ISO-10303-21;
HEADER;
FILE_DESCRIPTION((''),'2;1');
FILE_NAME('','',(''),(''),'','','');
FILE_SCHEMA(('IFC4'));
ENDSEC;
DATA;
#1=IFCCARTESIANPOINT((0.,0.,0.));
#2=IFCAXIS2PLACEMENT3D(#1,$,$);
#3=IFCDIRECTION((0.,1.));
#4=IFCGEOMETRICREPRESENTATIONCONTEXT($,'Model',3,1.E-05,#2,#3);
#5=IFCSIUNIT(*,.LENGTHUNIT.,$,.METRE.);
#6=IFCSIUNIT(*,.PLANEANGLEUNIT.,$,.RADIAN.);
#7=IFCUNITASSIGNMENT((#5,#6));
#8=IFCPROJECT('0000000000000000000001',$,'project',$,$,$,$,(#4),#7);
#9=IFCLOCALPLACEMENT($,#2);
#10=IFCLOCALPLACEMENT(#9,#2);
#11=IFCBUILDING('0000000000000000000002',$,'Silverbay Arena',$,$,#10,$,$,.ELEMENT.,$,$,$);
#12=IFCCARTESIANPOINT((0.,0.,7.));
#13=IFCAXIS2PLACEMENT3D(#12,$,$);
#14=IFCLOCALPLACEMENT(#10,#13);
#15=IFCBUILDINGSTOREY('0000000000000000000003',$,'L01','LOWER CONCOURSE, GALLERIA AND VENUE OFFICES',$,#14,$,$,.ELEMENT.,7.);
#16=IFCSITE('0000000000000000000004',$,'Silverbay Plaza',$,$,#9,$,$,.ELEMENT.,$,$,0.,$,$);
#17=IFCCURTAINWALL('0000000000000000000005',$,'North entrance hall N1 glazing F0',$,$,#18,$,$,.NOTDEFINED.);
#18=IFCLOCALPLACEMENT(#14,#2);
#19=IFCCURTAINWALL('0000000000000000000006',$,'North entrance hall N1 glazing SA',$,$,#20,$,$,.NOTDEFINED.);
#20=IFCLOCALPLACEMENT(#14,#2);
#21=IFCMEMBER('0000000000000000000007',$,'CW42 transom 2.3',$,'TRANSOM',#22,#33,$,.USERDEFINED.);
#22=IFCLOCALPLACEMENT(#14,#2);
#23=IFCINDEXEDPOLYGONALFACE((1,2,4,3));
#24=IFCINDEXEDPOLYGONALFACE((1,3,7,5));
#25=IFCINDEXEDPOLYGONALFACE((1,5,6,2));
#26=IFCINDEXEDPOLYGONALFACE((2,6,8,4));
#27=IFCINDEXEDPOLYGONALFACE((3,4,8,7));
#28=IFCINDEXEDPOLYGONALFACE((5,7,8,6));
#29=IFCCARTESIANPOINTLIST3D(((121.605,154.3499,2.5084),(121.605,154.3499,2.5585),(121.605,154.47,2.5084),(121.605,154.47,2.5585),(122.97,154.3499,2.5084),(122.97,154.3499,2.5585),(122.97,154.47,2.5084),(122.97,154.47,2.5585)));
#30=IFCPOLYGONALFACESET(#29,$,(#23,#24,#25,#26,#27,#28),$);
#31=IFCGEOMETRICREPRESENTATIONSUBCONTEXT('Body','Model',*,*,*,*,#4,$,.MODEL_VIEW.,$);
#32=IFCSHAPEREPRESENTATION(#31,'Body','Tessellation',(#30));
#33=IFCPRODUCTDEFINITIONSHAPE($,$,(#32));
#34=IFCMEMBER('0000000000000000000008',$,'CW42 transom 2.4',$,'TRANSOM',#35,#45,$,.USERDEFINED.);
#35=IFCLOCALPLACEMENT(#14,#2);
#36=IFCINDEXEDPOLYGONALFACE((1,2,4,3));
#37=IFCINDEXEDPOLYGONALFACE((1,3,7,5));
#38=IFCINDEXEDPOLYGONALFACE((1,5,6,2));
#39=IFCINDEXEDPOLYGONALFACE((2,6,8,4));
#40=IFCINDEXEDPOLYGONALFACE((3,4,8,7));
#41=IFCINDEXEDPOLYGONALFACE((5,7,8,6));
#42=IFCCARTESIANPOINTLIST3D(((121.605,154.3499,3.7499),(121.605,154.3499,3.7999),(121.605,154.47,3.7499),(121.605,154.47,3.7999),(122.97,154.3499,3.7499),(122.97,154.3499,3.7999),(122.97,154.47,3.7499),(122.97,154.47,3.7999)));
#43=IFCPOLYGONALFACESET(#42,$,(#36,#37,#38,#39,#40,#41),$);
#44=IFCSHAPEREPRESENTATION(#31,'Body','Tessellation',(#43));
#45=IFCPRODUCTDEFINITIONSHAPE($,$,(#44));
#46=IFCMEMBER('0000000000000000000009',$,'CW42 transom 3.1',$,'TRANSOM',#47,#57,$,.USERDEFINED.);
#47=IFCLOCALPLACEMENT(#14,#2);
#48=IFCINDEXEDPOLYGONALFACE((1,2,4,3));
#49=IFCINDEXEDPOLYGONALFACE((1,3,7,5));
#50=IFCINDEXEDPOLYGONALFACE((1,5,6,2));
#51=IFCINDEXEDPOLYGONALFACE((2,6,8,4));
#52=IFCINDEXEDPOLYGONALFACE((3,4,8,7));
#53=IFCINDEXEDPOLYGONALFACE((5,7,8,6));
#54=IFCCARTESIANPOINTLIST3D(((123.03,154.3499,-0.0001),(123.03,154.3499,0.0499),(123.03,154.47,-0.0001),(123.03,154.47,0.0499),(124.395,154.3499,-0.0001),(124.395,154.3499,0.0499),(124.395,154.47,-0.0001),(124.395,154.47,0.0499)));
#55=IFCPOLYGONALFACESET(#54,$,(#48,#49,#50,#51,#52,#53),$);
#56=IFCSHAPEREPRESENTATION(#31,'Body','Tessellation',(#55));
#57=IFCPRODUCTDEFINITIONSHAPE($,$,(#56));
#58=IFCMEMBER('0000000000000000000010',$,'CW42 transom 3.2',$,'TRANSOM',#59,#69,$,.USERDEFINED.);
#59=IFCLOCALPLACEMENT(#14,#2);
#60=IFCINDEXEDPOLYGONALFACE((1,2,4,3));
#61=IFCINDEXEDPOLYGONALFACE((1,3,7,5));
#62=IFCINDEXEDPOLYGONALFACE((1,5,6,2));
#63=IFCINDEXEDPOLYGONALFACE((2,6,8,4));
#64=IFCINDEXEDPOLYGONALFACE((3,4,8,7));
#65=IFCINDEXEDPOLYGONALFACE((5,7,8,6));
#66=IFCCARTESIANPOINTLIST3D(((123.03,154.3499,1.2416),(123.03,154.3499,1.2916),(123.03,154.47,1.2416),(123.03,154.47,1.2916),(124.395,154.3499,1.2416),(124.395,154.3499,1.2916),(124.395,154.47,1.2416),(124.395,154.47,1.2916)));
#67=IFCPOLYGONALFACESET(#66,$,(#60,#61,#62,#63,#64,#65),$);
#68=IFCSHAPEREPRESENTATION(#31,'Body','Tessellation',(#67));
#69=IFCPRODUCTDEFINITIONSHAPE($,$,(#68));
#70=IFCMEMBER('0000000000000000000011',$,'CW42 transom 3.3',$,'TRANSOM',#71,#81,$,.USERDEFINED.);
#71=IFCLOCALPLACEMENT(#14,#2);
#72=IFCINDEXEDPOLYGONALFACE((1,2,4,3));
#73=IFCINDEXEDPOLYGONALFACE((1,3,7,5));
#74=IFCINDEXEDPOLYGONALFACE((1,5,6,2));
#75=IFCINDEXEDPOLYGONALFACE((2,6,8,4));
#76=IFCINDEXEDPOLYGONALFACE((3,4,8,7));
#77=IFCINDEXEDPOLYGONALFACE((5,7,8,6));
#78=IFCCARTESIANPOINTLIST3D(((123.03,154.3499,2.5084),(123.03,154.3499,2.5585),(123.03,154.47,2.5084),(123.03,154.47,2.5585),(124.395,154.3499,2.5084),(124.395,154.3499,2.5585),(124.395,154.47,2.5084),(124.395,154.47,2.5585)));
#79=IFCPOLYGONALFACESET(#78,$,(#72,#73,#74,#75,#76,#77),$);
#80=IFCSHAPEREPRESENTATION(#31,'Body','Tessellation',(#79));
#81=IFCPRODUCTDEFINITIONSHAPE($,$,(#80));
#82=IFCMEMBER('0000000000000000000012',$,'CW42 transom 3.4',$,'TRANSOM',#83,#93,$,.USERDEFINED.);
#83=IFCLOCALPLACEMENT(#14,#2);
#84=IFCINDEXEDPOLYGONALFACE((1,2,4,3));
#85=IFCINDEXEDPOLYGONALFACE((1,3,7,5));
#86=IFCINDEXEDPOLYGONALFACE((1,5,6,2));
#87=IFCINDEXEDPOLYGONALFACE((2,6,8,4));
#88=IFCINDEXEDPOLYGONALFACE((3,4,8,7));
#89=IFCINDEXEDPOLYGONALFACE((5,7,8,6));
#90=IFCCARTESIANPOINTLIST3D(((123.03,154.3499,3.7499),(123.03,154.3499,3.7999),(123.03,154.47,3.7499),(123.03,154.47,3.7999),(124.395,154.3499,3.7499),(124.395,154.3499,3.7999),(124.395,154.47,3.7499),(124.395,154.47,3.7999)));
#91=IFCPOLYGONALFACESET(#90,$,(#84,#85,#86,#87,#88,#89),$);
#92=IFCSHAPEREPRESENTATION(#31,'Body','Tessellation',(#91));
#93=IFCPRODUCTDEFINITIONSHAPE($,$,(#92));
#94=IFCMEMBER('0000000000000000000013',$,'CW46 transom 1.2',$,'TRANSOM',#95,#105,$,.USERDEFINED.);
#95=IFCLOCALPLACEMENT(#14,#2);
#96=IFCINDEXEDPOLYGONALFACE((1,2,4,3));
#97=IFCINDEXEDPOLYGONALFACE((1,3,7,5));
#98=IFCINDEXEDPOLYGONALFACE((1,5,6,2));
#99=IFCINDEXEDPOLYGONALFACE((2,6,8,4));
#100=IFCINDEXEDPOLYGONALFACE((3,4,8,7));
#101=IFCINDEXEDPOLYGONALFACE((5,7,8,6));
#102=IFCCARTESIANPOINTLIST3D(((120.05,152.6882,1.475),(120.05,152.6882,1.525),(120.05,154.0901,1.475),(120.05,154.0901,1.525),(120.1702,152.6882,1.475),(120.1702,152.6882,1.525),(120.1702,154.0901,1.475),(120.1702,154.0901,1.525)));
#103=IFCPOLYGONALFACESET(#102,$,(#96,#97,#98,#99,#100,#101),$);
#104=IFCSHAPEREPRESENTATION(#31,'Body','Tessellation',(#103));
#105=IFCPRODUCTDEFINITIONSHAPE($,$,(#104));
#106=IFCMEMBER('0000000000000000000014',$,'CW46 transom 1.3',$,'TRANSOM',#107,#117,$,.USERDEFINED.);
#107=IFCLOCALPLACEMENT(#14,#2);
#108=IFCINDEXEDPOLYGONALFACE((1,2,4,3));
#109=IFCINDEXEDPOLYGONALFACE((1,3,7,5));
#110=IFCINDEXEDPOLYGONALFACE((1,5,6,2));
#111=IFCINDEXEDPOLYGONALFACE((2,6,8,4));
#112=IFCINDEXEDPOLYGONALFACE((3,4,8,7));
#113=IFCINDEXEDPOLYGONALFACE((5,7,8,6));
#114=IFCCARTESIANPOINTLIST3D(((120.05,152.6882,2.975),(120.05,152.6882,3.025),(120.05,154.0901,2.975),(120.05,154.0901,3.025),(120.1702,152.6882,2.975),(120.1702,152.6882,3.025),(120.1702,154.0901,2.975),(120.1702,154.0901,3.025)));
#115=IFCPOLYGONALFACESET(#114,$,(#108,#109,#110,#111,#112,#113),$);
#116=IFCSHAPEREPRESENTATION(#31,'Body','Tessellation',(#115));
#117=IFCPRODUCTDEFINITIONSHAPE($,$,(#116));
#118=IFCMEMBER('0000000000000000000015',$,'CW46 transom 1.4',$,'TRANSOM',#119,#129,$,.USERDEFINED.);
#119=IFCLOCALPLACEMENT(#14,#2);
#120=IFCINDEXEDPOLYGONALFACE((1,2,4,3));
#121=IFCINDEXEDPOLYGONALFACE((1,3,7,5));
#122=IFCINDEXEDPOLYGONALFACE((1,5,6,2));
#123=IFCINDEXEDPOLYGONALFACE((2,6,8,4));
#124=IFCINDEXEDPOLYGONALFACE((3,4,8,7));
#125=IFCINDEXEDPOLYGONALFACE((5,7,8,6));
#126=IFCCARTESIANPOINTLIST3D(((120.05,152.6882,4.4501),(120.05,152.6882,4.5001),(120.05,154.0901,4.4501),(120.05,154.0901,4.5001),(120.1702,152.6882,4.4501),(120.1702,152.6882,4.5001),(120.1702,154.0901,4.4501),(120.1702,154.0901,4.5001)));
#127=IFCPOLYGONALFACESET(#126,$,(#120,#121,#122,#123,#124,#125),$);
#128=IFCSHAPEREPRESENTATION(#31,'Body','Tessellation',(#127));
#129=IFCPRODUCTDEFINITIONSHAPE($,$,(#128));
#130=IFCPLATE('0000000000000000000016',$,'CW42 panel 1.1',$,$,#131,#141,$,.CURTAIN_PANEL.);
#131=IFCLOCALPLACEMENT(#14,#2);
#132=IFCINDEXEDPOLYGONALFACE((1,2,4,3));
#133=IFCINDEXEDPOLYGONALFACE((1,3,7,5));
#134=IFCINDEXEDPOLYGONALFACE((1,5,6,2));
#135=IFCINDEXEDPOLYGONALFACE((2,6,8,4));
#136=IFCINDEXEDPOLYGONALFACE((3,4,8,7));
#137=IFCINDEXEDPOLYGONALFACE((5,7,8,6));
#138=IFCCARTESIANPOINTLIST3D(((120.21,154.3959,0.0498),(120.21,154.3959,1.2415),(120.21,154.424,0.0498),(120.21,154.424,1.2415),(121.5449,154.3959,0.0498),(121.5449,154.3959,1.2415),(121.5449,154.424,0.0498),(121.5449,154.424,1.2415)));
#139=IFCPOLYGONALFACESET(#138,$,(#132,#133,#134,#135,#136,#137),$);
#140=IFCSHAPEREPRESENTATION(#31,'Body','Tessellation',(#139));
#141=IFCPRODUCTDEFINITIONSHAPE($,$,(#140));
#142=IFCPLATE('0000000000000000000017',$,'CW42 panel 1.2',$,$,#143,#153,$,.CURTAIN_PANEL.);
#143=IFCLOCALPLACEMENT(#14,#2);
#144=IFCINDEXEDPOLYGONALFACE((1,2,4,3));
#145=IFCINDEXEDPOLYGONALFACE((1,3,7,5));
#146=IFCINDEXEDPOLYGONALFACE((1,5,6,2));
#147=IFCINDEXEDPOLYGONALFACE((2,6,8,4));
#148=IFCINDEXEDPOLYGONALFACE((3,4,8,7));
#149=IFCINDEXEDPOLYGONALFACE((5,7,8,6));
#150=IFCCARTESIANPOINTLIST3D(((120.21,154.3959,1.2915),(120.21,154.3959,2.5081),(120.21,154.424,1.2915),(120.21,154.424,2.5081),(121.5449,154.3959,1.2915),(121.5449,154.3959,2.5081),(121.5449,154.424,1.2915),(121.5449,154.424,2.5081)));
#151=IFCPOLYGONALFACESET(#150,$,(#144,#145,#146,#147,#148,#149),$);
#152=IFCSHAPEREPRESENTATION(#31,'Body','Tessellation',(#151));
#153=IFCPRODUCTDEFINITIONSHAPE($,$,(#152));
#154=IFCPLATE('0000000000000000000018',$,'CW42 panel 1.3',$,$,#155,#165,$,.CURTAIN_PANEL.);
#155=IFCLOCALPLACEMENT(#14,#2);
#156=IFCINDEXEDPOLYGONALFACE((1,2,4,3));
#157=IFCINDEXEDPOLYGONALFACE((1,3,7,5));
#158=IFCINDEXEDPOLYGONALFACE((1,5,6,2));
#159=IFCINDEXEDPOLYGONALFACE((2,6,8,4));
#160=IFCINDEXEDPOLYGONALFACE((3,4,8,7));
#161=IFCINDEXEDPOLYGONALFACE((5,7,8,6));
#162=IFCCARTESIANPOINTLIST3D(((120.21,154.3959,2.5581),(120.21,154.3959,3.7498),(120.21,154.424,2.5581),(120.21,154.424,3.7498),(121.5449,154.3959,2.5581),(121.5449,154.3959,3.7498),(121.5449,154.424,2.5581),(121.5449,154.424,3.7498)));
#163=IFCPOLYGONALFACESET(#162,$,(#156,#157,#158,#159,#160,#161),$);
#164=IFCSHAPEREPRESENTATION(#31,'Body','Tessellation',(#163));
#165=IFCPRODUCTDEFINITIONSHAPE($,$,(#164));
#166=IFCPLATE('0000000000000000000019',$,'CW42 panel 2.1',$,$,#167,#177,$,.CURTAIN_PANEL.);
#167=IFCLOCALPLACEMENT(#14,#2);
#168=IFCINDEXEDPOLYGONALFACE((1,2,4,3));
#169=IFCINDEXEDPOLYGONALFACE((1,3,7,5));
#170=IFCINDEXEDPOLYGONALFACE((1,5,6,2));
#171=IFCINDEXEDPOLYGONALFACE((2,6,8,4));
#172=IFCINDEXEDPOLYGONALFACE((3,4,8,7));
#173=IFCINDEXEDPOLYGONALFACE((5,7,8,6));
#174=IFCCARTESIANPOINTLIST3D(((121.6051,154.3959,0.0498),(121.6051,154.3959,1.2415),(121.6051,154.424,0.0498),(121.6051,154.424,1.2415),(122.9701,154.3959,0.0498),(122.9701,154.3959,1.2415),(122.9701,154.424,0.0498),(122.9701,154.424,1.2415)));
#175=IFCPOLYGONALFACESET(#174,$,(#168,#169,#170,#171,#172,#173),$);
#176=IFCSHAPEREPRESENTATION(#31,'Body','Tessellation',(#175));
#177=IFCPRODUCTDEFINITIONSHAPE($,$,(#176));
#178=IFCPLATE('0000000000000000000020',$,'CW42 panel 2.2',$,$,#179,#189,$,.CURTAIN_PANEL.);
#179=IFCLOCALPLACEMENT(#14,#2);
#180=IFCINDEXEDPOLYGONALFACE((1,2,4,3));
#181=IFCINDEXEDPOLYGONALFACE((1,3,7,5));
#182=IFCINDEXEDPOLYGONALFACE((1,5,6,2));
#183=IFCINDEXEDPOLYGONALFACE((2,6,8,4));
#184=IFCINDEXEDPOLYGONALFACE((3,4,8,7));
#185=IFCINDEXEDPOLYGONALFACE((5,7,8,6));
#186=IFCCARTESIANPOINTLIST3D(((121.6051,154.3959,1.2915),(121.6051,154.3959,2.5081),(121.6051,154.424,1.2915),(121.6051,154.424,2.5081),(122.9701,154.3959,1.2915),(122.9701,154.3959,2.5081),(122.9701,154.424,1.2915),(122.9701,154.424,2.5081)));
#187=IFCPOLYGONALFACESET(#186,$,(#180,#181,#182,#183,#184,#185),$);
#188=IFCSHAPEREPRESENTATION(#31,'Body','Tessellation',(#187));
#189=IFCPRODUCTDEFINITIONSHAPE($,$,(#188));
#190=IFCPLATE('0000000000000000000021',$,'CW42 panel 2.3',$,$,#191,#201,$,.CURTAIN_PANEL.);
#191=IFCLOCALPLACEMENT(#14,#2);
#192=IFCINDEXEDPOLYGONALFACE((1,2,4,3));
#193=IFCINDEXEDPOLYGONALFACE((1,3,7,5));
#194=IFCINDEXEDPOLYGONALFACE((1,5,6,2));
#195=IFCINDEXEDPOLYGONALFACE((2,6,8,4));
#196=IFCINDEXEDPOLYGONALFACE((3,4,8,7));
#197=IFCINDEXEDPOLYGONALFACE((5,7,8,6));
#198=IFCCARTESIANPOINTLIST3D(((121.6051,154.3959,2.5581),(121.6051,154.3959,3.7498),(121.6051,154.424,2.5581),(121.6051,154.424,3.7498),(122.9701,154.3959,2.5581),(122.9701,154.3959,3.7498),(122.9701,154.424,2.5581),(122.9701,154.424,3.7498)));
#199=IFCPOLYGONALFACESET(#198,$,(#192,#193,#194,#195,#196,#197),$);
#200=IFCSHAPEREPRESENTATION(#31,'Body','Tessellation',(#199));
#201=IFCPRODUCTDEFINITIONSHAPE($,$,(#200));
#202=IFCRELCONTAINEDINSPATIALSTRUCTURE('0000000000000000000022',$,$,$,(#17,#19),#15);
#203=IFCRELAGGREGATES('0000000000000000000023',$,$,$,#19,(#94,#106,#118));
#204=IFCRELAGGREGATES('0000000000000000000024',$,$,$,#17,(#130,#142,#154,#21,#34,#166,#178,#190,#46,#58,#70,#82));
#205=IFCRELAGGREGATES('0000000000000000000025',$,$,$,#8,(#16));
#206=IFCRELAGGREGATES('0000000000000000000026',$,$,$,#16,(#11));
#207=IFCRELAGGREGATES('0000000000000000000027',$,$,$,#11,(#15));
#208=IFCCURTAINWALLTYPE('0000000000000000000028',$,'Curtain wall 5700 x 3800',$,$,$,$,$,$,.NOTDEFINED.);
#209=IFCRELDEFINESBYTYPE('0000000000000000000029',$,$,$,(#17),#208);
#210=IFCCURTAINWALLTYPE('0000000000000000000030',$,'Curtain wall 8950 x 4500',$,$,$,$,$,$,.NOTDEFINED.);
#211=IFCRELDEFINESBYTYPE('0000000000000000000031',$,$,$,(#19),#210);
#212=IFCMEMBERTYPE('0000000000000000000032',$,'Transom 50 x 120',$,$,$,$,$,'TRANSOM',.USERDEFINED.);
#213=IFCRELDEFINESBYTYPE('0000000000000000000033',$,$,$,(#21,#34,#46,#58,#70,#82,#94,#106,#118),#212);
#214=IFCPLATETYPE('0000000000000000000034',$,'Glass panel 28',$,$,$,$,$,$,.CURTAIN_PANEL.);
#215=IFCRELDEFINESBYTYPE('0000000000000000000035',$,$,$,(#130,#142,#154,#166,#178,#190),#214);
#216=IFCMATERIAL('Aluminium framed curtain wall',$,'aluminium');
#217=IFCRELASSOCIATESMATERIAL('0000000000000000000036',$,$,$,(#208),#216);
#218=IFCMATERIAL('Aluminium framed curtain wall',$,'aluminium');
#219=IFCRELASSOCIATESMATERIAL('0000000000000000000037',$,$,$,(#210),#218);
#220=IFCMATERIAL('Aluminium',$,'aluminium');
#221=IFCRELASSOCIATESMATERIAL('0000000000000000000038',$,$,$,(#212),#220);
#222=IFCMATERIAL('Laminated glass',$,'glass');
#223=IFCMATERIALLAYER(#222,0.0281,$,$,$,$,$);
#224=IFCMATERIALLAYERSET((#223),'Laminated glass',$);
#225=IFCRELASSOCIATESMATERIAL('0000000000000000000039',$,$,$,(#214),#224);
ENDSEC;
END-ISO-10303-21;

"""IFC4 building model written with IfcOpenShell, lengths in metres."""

from ifc_helpers import new_model, si_unit, direction, frame, origin, origin_2d, place, context, subcontext, project, spatial, rectangle, extrude, material, layer, layer_set, material_profile, profile_set, type_object, element, aggregate, save


model = new_model("IFC4")

# Units and contexts
model_context = context("Model", 3, precision=1e-05, world=origin(), true_north=direction((0.0, 1.0)))
body_context = subcontext(model_context, "Body", "Model", "MODEL_VIEW")
ifc_project = project(units=[si_unit("LENGTHUNIT", "METRE"), si_unit("PLANEANGLEUNIT", "RADIAN")], contexts=[model_context])

# Site, building, storey
site_placement = place(None, origin())
site = spatial("IfcSite", under=ifc_project, at=site_placement, Name="Silverbay Plaza", CompositionType="ELEMENT", RefElevation=0.0)
building_placement = place(site_placement, origin())
building = spatial("IfcBuilding", under=site, at=building_placement, Name="Silverbay Arena", CompositionType="ELEMENT")
storey_placement = place(building_placement, frame((0.0, 0.0, 7.0)))
storey = spatial("IfcBuildingStorey", under=building, at=storey_placement, Name="L01", Description="LOWER CONCOURSE, GALLERIA AND VENUE OFFICES", CompositionType="ELEMENT", Elevation=7.0)

# Curtain wall
ifc_material_1 = material(Name="Aluminium framed curtain wall", Category="aluminium")
curtain_wall_type_1 = type_object("IfcCurtainWallType", Name="Curtain wall 5700 x 3800", PredefinedType="NOTDEFINED", material=ifc_material_1)
curtain_wall_1_placement = place(storey_placement, origin())
curtain_wall_1 = element("IfcCurtainWall", 1, at=curtain_wall_1_placement, inside=storey, type_object=curtain_wall_type_1, Name="North entrance hall N1 glazing F0", PredefinedType="NOTDEFINED")

# Curtain wall
ifc_material_2 = material(Name="Aluminium framed curtain wall", Category="aluminium")
curtain_wall_type_2 = type_object("IfcCurtainWallType", Name="Curtain wall 8950 x 4500", PredefinedType="NOTDEFINED", material=ifc_material_2)
curtain_wall_2_placement = place(storey_placement, origin())
curtain_wall_2 = element("IfcCurtainWall", 2, at=curtain_wall_2_placement, inside=storey, type_object=curtain_wall_type_2, Name="North entrance hall N1 glazing SA", PredefinedType="NOTDEFINED")

# Members
ifc_material_3 = material(Name="Aluminium", Category="aluminium")
ifc_material_profile_1 = material_profile(ifc_material_3, rectangle(XDim=0.1201, YDim=0.05, at=origin_2d()), Name="Transom 50 x 120")
ifc_profile_set_1 = profile_set([ifc_material_profile_1], Name="Aluminium")
member_type_1 = type_object("IfcMemberType", Name="Transom 50 x 120", ElementType="TRANSOM", PredefinedType="USERDEFINED", material=ifc_profile_set_1)
member_1_placement = place(storey_placement, frame((121.605, 154.4099, 2.5334), z_axis=(1.0, 0.0, 0.0), x_axis=(0.0, 1.0, 0.0)))
member_1 = element("IfcMember", 3, at=member_1_placement, type_object=member_type_1, Name="CW42 transom 2.3", ObjectType="TRANSOM", PredefinedType="USERDEFINED", context=body_context, shape_type="SweptSolid", body=[
    extrude(rectangle(XDim=0.1201, YDim=0.05, at=origin_2d()), origin(), (0.0, 0.0, 1.0), 1.365),
])
member_2_placement = place(storey_placement, frame((121.605, 154.4099, 3.7749), z_axis=(1.0, 0.0, 0.0), x_axis=(0.0, 1.0, 0.0)))
member_2 = element("IfcMember", 4, at=member_2_placement, type_object=member_type_1, Name="CW42 transom 2.4", ObjectType="TRANSOM", PredefinedType="USERDEFINED", context=body_context, shape_type="SweptSolid", body=[
    extrude(rectangle(XDim=0.1201, YDim=0.05, at=origin_2d()), origin(), (0.0, 0.0, 1.0), 1.365),
])
member_3_placement = place(storey_placement, frame((123.03, 154.4099, 0.0249), z_axis=(1.0, 0.0, 0.0), x_axis=(0.0, 1.0, 0.0)))
member_3 = element("IfcMember", 5, at=member_3_placement, type_object=member_type_1, Name="CW42 transom 3.1", ObjectType="TRANSOM", PredefinedType="USERDEFINED", context=body_context, shape_type="SweptSolid", body=[
    extrude(rectangle(XDim=0.1201, YDim=0.05, at=origin_2d()), origin(), (0.0, 0.0, 1.0), 1.365),
])
member_4_placement = place(storey_placement, frame((123.03, 154.4099, 1.2666), z_axis=(1.0, 0.0, 0.0), x_axis=(0.0, 1.0, 0.0)))
member_4 = element("IfcMember", 6, at=member_4_placement, type_object=member_type_1, Name="CW42 transom 3.2", ObjectType="TRANSOM", PredefinedType="USERDEFINED", context=body_context, shape_type="SweptSolid", body=[
    extrude(rectangle(XDim=0.1201, YDim=0.05, at=origin_2d()), origin(), (0.0, 0.0, 1.0), 1.365),
])
member_5_placement = place(storey_placement, frame((123.03, 154.4099, 2.5334), z_axis=(1.0, 0.0, 0.0), x_axis=(0.0, 1.0, 0.0)))
member_5 = element("IfcMember", 7, at=member_5_placement, type_object=member_type_1, Name="CW42 transom 3.3", ObjectType="TRANSOM", PredefinedType="USERDEFINED", context=body_context, shape_type="SweptSolid", body=[
    extrude(rectangle(XDim=0.1201, YDim=0.05, at=origin_2d()), origin(), (0.0, 0.0, 1.0), 1.365),
])
member_6_placement = place(storey_placement, frame((123.03, 154.4099, 3.7749), z_axis=(1.0, 0.0, 0.0), x_axis=(0.0, 1.0, 0.0)))
member_6 = element("IfcMember", 8, at=member_6_placement, type_object=member_type_1, Name="CW42 transom 3.4", ObjectType="TRANSOM", PredefinedType="USERDEFINED", context=body_context, shape_type="SweptSolid", body=[
    extrude(rectangle(XDim=0.1201, YDim=0.05, at=origin_2d()), origin(), (0.0, 0.0, 1.0), 1.365),
])
member_7_placement = place(storey_placement, frame((120.1101, 154.0901, 1.5), z_axis=(0.0, -1.0, 0.0), x_axis=(1.0, 0.0, 0.0)))
member_7 = element("IfcMember", 9, at=member_7_placement, type_object=member_type_1, Name="CW46 transom 1.2", ObjectType="TRANSOM", PredefinedType="USERDEFINED", context=body_context, shape_type="SweptSolid", body=[
    extrude(rectangle(XDim=0.1201, YDim=0.05, at=origin_2d()), origin(), (0.0, 0.0, 1.0), 1.4019),
])
member_8_placement = place(storey_placement, frame((120.1101, 154.0901, 3.0), z_axis=(0.0, -1.0, 0.0), x_axis=(1.0, 0.0, 0.0)))
member_8 = element("IfcMember", 10, at=member_8_placement, type_object=member_type_1, Name="CW46 transom 1.3", ObjectType="TRANSOM", PredefinedType="USERDEFINED", context=body_context, shape_type="SweptSolid", body=[
    extrude(rectangle(XDim=0.1201, YDim=0.05, at=origin_2d()), origin(), (0.0, 0.0, 1.0), 1.4019),
])
member_9_placement = place(storey_placement, frame((120.1101, 154.0901, 4.4751), z_axis=(0.0, -1.0, 0.0), x_axis=(1.0, 0.0, 0.0)))
member_9 = element("IfcMember", 11, at=member_9_placement, type_object=member_type_1, Name="CW46 transom 1.4", ObjectType="TRANSOM", PredefinedType="USERDEFINED", context=body_context, shape_type="SweptSolid", body=[
    extrude(rectangle(XDim=0.1201, YDim=0.05, at=origin_2d()), origin(), (0.0, 0.0, 1.0), 1.4019),
])
aggregate(curtain_wall_2, [member_7, member_8, member_9])

# Plates
ifc_material_4 = material(Name="Laminated glass", Category="glass")
ifc_layer = layer(ifc_material_4, 0.0281)
ifc_layer_set = layer_set([ifc_layer], Name="Laminated glass")
plate_type = type_object("IfcPlateType", Name="Glass panel 28", PredefinedType="CURTAIN_PANEL", material=ifc_layer_set)
plate_1_placement = place(storey_placement, frame((120.8774, 154.4099, 0.0498), z_axis=(0.0, 0.0, 1.0), x_axis=(1.0, 0.0, 0.0)))
plate_1 = element("IfcPlate", 12, at=plate_1_placement, type_object=plate_type, Name="CW42 panel 1.1", PredefinedType="CURTAIN_PANEL", context=body_context, shape_type="SweptSolid", body=[
    extrude(rectangle(XDim=1.335, YDim=0.0281, at=origin_2d()), origin(), (0.0, 0.0, 1.0), 1.1917),
])
plate_2_placement = place(storey_placement, frame((120.8774, 154.4099, 1.2915), z_axis=(0.0, 0.0, 1.0), x_axis=(1.0, 0.0, 0.0)))
plate_2 = element("IfcPlate", 13, at=plate_2_placement, type_object=plate_type, Name="CW42 panel 1.2", PredefinedType="CURTAIN_PANEL", context=body_context, shape_type="SweptSolid", body=[
    extrude(rectangle(XDim=1.335, YDim=0.0281, at=origin_2d()), origin(), (0.0, 0.0, 1.0), 1.2166),
])
plate_3_placement = place(storey_placement, frame((120.8774, 154.4099, 2.5581), z_axis=(0.0, 0.0, 1.0), x_axis=(1.0, 0.0, 0.0)))
plate_3 = element("IfcPlate", 14, at=plate_3_placement, type_object=plate_type, Name="CW42 panel 1.3", PredefinedType="CURTAIN_PANEL", context=body_context, shape_type="SweptSolid", body=[
    extrude(rectangle(XDim=1.335, YDim=0.0281, at=origin_2d()), origin(), (0.0, 0.0, 1.0), 1.1917),
])
plate_4_placement = place(storey_placement, frame((122.2876, 154.4099, 0.0498), z_axis=(0.0, 0.0, 1.0), x_axis=(1.0, 0.0, 0.0)))
plate_4 = element("IfcPlate", 15, at=plate_4_placement, type_object=plate_type, Name="CW42 panel 2.1", PredefinedType="CURTAIN_PANEL", context=body_context, shape_type="SweptSolid", body=[
    extrude(rectangle(XDim=1.365, YDim=0.0281, at=origin_2d()), origin(), (0.0, 0.0, 1.0), 1.1917),
])
plate_5_placement = place(storey_placement, frame((122.2876, 154.4099, 1.2915), z_axis=(0.0, 0.0, 1.0), x_axis=(1.0, 0.0, 0.0)))
plate_5 = element("IfcPlate", 16, at=plate_5_placement, type_object=plate_type, Name="CW42 panel 2.2", PredefinedType="CURTAIN_PANEL", context=body_context, shape_type="SweptSolid", body=[
    extrude(rectangle(XDim=1.365, YDim=0.0281, at=origin_2d()), origin(), (0.0, 0.0, 1.0), 1.2166),
])
plate_6_placement = place(storey_placement, frame((122.2876, 154.4099, 2.5581), z_axis=(0.0, 0.0, 1.0), x_axis=(1.0, 0.0, 0.0)))
plate_6 = element("IfcPlate", 17, at=plate_6_placement, type_object=plate_type, Name="CW42 panel 2.3", PredefinedType="CURTAIN_PANEL", context=body_context, shape_type="SweptSolid", body=[
    extrude(rectangle(XDim=1.365, YDim=0.0281, at=origin_2d()), origin(), (0.0, 0.0, 1.0), 1.1917),
])
aggregate(curtain_wall_1, [plate_1, plate_2, plate_3, member_1, member_2, plate_4, plate_5, plate_6, member_3, member_4, member_5, member_6])

save(model, "model.ifc")
